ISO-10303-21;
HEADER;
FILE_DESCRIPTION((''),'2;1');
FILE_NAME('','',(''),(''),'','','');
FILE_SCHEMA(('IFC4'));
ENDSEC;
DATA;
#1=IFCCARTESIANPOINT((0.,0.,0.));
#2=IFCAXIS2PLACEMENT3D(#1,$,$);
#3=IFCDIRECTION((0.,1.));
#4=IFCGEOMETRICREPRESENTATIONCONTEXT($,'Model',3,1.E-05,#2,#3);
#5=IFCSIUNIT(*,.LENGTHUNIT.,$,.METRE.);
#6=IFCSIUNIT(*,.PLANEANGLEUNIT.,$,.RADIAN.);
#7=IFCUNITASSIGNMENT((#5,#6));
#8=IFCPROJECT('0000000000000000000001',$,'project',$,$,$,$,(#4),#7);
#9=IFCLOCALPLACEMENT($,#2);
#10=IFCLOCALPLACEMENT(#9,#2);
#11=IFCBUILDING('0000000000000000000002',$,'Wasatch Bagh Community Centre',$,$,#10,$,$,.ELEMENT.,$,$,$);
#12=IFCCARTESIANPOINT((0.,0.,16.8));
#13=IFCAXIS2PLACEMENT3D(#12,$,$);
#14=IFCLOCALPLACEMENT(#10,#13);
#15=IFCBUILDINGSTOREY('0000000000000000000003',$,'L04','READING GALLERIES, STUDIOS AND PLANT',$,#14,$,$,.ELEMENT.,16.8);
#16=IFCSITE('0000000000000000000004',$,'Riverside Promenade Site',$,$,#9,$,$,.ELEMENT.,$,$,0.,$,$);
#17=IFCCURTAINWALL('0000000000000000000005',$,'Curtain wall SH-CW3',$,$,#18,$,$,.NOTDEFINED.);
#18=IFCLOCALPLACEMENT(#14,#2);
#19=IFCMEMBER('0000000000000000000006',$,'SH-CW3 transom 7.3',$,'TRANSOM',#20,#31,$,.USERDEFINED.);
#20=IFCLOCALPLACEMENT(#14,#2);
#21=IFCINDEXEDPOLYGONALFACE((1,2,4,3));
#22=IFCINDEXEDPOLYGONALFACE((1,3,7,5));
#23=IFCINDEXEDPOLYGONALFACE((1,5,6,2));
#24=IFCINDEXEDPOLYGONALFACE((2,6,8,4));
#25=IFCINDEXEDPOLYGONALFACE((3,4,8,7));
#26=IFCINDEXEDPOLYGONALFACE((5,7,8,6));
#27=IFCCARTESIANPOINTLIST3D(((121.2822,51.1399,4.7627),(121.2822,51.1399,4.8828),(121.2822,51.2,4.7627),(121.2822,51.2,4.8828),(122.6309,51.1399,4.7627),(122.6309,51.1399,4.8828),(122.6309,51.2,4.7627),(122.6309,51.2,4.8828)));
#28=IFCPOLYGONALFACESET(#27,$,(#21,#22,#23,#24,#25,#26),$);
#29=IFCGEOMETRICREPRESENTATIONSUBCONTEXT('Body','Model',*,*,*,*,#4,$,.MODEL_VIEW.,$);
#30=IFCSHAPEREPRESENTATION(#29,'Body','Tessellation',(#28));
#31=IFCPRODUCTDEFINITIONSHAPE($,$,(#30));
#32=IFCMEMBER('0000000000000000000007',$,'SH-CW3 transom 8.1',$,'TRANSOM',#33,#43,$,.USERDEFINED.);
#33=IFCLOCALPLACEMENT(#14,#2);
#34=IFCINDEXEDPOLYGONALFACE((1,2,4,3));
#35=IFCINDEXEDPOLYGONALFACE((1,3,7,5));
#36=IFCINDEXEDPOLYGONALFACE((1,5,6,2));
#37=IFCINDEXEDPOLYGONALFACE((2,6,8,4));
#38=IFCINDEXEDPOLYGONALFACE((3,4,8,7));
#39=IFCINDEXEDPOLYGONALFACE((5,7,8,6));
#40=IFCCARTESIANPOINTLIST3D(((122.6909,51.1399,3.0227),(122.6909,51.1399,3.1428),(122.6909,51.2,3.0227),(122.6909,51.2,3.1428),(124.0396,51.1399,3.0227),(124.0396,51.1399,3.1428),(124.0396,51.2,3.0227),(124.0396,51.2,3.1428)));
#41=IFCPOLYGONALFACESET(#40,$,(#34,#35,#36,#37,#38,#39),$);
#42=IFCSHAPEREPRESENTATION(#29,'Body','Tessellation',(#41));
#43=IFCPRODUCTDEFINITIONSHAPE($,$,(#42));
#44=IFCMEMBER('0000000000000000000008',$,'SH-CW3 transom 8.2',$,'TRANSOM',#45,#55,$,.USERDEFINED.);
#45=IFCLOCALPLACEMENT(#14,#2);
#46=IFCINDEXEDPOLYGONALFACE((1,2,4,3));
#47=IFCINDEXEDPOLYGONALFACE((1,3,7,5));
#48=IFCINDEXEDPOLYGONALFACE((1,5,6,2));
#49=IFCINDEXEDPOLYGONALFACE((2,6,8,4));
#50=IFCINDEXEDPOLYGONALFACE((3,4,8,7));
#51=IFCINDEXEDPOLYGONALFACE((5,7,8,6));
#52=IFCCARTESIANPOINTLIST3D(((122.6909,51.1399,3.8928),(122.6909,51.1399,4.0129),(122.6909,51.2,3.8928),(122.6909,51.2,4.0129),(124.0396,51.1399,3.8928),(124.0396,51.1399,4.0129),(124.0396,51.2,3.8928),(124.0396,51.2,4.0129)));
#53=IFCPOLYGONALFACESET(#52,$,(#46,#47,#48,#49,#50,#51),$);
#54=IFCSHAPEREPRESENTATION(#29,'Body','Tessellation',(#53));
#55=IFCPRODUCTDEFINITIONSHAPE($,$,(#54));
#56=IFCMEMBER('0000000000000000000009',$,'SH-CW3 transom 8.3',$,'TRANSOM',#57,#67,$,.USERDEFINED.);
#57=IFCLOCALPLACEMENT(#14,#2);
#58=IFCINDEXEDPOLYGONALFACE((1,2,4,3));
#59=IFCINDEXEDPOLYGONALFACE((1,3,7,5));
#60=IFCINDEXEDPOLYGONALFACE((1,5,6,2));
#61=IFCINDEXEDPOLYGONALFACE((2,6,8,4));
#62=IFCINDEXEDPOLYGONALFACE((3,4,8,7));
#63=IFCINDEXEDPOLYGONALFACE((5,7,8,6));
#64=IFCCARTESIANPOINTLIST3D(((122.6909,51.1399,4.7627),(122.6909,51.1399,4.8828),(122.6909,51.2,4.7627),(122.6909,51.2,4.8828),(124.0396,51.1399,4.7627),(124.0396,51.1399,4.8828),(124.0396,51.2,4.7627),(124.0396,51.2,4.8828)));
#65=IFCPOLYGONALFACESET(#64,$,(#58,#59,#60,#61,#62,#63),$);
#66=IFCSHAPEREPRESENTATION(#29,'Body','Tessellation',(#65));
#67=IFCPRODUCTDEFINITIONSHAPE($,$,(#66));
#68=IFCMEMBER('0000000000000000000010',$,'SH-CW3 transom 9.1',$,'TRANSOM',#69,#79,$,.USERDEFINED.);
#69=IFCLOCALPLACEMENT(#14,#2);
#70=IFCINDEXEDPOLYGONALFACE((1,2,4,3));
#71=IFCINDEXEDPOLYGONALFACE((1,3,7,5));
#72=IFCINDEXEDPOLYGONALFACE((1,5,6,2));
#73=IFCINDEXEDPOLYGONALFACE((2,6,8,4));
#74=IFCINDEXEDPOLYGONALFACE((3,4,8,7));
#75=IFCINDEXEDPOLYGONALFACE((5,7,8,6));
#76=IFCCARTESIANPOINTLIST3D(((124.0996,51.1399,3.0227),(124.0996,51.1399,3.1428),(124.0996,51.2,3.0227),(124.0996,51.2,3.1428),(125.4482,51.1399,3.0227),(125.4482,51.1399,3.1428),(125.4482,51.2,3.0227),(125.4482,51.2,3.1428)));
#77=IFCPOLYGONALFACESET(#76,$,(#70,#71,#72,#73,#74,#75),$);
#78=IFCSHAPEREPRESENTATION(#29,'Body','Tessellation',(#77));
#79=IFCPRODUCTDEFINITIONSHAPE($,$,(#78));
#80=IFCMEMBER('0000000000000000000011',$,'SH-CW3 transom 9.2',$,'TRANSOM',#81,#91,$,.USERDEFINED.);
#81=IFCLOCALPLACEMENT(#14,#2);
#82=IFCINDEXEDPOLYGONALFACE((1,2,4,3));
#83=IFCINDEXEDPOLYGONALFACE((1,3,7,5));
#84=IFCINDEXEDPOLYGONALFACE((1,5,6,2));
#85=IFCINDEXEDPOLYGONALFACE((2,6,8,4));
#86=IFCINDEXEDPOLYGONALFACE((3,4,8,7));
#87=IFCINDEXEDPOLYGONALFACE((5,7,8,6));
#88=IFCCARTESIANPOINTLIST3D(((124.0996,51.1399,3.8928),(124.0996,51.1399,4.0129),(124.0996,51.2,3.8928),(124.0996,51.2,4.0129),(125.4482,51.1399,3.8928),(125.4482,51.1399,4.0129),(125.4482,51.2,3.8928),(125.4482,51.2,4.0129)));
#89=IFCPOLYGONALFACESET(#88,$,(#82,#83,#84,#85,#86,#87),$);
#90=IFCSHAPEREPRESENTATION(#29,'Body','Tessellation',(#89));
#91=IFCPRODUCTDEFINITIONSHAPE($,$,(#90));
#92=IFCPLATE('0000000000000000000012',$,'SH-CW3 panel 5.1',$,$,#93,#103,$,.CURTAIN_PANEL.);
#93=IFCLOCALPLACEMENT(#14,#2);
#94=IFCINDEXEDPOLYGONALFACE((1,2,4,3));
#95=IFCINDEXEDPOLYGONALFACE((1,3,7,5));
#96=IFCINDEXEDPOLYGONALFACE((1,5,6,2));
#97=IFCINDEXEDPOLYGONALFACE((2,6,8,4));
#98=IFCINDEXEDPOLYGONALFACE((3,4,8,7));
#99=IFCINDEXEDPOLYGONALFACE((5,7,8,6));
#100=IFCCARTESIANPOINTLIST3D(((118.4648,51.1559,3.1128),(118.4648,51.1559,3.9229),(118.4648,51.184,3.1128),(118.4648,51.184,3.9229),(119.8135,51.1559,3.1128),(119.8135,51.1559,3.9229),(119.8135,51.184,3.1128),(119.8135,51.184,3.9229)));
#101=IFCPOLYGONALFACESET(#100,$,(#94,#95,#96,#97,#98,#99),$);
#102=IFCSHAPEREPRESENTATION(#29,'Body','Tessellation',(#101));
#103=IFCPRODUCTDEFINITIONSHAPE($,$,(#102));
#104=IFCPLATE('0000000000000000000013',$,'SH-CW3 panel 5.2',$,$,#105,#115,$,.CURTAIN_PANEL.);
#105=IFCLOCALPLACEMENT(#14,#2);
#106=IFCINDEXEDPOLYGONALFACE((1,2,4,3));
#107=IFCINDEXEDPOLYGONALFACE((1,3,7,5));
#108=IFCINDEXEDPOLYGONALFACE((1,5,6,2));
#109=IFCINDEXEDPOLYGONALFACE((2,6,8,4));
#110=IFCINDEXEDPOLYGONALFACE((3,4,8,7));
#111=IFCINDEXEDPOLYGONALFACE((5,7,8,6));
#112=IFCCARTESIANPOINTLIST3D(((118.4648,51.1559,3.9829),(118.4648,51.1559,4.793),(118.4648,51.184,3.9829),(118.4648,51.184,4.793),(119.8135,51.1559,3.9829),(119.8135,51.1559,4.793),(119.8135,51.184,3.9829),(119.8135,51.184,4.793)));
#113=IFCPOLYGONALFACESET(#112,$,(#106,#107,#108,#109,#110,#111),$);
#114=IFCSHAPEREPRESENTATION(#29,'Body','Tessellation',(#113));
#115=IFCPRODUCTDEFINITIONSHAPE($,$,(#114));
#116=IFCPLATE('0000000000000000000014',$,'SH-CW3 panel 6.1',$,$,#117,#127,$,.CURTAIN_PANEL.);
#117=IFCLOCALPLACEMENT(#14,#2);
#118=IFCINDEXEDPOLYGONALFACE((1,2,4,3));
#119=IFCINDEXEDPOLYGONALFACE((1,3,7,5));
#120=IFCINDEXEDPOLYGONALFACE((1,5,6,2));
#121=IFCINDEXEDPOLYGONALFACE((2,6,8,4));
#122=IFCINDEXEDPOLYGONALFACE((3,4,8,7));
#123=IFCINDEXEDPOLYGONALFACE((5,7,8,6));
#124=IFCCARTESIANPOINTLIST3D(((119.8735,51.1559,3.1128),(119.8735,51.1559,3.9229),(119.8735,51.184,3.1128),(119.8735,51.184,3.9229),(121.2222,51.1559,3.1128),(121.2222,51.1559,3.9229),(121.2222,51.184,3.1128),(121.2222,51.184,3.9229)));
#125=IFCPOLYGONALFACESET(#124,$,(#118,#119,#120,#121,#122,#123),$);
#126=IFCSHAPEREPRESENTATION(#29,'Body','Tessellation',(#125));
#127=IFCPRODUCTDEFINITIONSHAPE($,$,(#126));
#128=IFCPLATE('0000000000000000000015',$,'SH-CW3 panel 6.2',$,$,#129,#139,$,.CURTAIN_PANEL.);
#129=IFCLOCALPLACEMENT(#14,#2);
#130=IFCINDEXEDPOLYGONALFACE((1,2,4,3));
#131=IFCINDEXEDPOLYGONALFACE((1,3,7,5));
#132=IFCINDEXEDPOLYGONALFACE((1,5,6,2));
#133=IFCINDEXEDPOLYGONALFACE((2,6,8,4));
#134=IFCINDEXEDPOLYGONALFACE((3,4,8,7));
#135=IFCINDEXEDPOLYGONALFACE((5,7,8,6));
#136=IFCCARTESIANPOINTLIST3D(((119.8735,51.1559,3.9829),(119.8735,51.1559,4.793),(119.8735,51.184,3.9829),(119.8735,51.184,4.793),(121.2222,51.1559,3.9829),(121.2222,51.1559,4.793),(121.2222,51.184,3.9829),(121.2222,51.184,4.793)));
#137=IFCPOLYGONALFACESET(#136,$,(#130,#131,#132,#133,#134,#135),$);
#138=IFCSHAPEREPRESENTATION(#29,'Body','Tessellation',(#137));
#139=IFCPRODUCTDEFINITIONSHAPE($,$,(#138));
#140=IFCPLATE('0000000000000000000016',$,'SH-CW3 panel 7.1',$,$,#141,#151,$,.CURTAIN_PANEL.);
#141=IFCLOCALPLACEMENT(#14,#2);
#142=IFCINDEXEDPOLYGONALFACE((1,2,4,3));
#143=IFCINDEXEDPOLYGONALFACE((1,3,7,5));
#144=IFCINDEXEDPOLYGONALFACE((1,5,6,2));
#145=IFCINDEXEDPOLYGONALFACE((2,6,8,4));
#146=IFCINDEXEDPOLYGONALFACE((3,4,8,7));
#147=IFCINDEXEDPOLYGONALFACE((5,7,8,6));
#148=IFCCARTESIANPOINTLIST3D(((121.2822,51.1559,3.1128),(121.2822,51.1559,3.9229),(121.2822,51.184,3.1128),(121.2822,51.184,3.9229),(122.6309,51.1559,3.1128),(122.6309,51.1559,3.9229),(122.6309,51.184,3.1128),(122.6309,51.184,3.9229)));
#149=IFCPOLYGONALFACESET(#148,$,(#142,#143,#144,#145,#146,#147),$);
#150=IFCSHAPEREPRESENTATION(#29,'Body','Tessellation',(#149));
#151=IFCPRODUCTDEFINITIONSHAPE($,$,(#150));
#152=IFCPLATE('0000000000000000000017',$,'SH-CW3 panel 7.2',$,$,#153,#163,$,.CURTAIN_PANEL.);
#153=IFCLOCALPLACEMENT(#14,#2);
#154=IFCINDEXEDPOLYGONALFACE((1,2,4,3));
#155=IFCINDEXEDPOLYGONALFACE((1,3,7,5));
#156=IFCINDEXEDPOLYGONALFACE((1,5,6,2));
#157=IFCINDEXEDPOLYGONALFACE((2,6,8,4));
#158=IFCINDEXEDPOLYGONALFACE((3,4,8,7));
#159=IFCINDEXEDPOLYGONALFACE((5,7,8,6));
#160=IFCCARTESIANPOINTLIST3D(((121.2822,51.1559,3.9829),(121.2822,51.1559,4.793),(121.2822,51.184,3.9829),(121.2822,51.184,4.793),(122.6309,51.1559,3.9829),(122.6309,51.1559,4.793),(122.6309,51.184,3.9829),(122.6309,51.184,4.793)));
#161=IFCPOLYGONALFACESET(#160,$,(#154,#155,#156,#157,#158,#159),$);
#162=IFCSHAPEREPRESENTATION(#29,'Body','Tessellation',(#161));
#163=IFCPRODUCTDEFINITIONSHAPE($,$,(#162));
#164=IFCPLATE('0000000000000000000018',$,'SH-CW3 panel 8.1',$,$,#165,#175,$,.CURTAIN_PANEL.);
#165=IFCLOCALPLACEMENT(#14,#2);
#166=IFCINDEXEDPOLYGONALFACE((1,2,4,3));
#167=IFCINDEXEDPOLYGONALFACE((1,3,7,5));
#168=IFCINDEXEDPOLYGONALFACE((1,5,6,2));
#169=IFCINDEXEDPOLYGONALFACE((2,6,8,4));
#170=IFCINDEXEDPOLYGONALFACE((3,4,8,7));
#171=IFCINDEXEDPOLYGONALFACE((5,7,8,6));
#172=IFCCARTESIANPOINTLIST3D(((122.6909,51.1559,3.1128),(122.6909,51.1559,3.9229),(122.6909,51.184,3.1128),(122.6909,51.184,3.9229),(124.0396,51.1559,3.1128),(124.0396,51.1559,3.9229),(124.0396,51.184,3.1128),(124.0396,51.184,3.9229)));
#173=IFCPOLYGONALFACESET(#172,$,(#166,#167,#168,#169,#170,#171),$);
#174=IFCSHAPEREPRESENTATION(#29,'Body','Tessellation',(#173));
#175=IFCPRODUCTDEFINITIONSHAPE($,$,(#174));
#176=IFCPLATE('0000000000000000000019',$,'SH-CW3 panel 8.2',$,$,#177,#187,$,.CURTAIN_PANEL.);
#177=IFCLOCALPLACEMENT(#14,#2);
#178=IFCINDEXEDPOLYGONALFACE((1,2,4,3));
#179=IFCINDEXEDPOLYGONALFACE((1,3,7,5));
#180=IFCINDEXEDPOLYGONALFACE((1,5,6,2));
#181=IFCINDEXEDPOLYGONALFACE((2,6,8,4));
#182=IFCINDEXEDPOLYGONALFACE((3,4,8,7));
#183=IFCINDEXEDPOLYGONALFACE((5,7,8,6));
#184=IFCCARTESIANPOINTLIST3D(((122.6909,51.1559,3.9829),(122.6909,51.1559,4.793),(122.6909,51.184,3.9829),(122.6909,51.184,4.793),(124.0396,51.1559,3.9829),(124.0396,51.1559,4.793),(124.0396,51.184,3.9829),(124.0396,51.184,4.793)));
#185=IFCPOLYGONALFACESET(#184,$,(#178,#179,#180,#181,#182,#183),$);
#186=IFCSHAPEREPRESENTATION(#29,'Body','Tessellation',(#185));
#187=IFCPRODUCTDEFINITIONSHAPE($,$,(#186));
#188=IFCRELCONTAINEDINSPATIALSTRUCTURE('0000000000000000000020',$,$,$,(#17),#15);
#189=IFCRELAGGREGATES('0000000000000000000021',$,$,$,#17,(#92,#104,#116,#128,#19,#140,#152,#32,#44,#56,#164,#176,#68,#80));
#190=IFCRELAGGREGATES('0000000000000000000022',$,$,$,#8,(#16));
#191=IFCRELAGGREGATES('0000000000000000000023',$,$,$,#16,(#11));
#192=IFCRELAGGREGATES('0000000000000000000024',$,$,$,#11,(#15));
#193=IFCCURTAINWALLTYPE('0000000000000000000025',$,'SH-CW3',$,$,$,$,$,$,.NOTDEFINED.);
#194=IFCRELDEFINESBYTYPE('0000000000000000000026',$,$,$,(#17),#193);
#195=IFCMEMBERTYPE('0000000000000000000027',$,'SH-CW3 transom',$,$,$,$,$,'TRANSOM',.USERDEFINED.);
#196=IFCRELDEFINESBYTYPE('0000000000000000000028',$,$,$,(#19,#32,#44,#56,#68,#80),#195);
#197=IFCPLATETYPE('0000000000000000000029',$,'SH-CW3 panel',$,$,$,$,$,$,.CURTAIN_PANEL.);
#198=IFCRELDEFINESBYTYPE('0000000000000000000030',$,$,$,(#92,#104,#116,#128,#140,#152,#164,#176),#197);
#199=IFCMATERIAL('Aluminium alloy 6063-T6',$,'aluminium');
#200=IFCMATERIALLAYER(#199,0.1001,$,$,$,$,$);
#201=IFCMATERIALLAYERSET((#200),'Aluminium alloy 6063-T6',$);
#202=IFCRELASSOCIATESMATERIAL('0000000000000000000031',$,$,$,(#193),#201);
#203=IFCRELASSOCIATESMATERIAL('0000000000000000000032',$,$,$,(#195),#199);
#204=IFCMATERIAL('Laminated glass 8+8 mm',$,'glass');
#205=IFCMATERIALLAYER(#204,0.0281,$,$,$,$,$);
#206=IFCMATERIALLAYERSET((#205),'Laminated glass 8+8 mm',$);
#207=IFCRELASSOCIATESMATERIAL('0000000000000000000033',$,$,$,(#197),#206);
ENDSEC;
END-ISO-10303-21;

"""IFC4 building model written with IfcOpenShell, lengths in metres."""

from ifc_helpers import new_model, si_unit, direction, frame, origin, origin_2d, place, context, subcontext, project, spatial, rectangle, extrude, material, layer, layer_set, material_profile, profile_set, type_object, element, aggregate, save


model = new_model("IFC4")

# Units and contexts
model_context = context("Model", 3, precision=1e-05, world=origin(), true_north=direction((0.0, 1.0)))
body_context = subcontext(model_context, "Body", "Model", "MODEL_VIEW")
ifc_project = project(units=[si_unit("LENGTHUNIT", "METRE"), si_unit("PLANEANGLEUNIT", "RADIAN")], contexts=[model_context])

# Site, building, storey
site_placement = place(None, origin())
site = spatial("IfcSite", under=ifc_project, at=site_placement, Name="Riverside Promenade Site", CompositionType="ELEMENT", RefElevation=0.0)
building_placement = place(site_placement, origin())
building = spatial("IfcBuilding", under=site, at=building_placement, Name="Wasatch Bagh Community Centre", CompositionType="ELEMENT")
storey_placement = place(building_placement, frame((0.0, 0.0, 16.8)))
storey = spatial("IfcBuildingStorey", under=building, at=storey_placement, Name="L04", Description="READING GALLERIES, STUDIOS AND PLANT", CompositionType="ELEMENT", Elevation=16.8)

# Curtain wall, members, plates
ifc_material_1 = material(Name="Aluminium alloy 6063-T6", Category="aluminium")
ifc_layer_1 = layer(ifc_material_1, 0.1001)
ifc_layer_set_1 = layer_set([ifc_layer_1], Name="Aluminium alloy 6063-T6")
curtain_wall_type = type_object("IfcCurtainWallType", Name="SH-CW3", PredefinedType="NOTDEFINED", material=ifc_layer_set_1)
curtain_wall_placement = place(storey_placement, origin())
curtain_wall = element("IfcCurtainWall", 1, at=curtain_wall_placement, inside=storey, type_object=curtain_wall_type, Name="Curtain wall SH-CW3", PredefinedType="NOTDEFINED")
ifc_material_profile_1 = material_profile(ifc_material_1, rectangle(XDim=0.0601, YDim=0.1201, at=origin_2d()), Name="AL 60x120")
ifc_profile_set_1 = profile_set([ifc_material_profile_1], Name="Aluminium alloy 6063-T6")
member_type_1 = type_object("IfcMemberType", Name="SH-CW3 transom", ElementType="TRANSOM", PredefinedType="USERDEFINED", material=ifc_profile_set_1)
member_1_placement = place(storey_placement, frame((121.2822, 51.1699, 4.8228), z_axis=(1.0, 0.0, 0.0), x_axis=(0.0, 1.0, 0.0)))
member_1 = element("IfcMember", 2, at=member_1_placement, type_object=member_type_1, Name="SH-CW3 transom 7.3", ObjectType="TRANSOM", PredefinedType="USERDEFINED", context=body_context, shape_type="SweptSolid", body=[
    extrude(rectangle(XDim=0.0601, YDim=0.1201, at=origin_2d()), origin(), (0.0, 0.0, 1.0), 1.3486),
])
member_2_placement = place(storey_placement, frame((122.6909, 51.1699, 3.0828), z_axis=(1.0, 0.0, 0.0), x_axis=(0.0, 1.0, 0.0)))
member_2 = element("IfcMember", 3, at=member_2_placement, type_object=member_type_1, Name="SH-CW3 transom 8.1", ObjectType="TRANSOM", PredefinedType="USERDEFINED", context=body_context, shape_type="SweptSolid", body=[
    extrude(rectangle(XDim=0.0601, YDim=0.1201, at=origin_2d()), origin(), (0.0, 0.0, 1.0), 1.3486),
])
member_3_placement = place(storey_placement, frame((122.6909, 51.1699, 3.9529), z_axis=(1.0, 0.0, 0.0), x_axis=(0.0, 1.0, 0.0)))
member_3 = element("IfcMember", 4, at=member_3_placement, type_object=member_type_1, Name="SH-CW3 transom 8.2", ObjectType="TRANSOM", PredefinedType="USERDEFINED", context=body_context, shape_type="SweptSolid", body=[
    extrude(rectangle(XDim=0.0601, YDim=0.1201, at=origin_2d()), origin(), (0.0, 0.0, 1.0), 1.3486),
])
member_4_placement = place(storey_placement, frame((122.6909, 51.1699, 4.8228), z_axis=(1.0, 0.0, 0.0), x_axis=(0.0, 1.0, 0.0)))
member_4 = element("IfcMember", 5, at=member_4_placement, type_object=member_type_1, Name="SH-CW3 transom 8.3", ObjectType="TRANSOM", PredefinedType="USERDEFINED", context=body_context, shape_type="SweptSolid", body=[
    extrude(rectangle(XDim=0.0601, YDim=0.1201, at=origin_2d()), origin(), (0.0, 0.0, 1.0), 1.3486),
])
member_5_placement = place(storey_placement, frame((124.0996, 51.1699, 3.0828), z_axis=(1.0, 0.0, 0.0), x_axis=(0.0, 1.0, 0.0)))
member_5 = element("IfcMember", 6, at=member_5_placement, type_object=member_type_1, Name="SH-CW3 transom 9.1", ObjectType="TRANSOM", PredefinedType="USERDEFINED", context=body_context, shape_type="SweptSolid", body=[
    extrude(rectangle(XDim=0.0601, YDim=0.1201, at=origin_2d()), origin(), (0.0, 0.0, 1.0), 1.3486),
])
member_6_placement = place(storey_placement, frame((124.0996, 51.1699, 3.9529), z_axis=(1.0, 0.0, 0.0), x_axis=(0.0, 1.0, 0.0)))
member_6 = element("IfcMember", 7, at=member_6_placement, type_object=member_type_1, Name="SH-CW3 transom 9.2", ObjectType="TRANSOM", PredefinedType="USERDEFINED", context=body_context, shape_type="SweptSolid", body=[
    extrude(rectangle(XDim=0.0601, YDim=0.1201, at=origin_2d()), origin(), (0.0, 0.0, 1.0), 1.3486),
])
ifc_material_2 = material(Name="Laminated glass 8+8 mm", Category="glass")
ifc_layer_2 = layer(ifc_material_2, 0.0281)
ifc_layer_set_2 = layer_set([ifc_layer_2], Name="Laminated glass 8+8 mm")
plate_type = type_object("IfcPlateType", Name="SH-CW3 panel", PredefinedType="CURTAIN_PANEL", material=ifc_layer_set_2)
plate_1_placement = place(storey_placement, frame((119.1392, 51.1699, 3.1128), z_axis=(0.0, 0.0, 1.0), x_axis=(1.0, 0.0, 0.0)))
plate_1 = element("IfcPlate", 8, at=plate_1_placement, type_object=plate_type, Name="SH-CW3 panel 5.1", PredefinedType="CURTAIN_PANEL", context=body_context, shape_type="SweptSolid", body=[
    extrude(rectangle(XDim=1.3486, YDim=0.0281, at=origin_2d()), origin(), (0.0, 0.0, 1.0), 0.8101),
])
plate_2_placement = place(storey_placement, frame((119.1392, 51.1699, 3.9829), z_axis=(0.0, 0.0, 1.0), x_axis=(1.0, 0.0, 0.0)))
plate_2 = element("IfcPlate", 9, at=plate_2_placement, type_object=plate_type, Name="SH-CW3 panel 5.2", PredefinedType="CURTAIN_PANEL", context=body_context, shape_type="SweptSolid", body=[
    extrude(rectangle(XDim=1.3486, YDim=0.0281, at=origin_2d()), origin(), (0.0, 0.0, 1.0), 0.8101),
])
plate_3_placement = place(storey_placement, frame((120.5479, 51.1699, 3.1128), z_axis=(0.0, 0.0, 1.0), x_axis=(1.0, 0.0, 0.0)))
plate_3 = element("IfcPlate", 10, at=plate_3_placement, type_object=plate_type, Name="SH-CW3 panel 6.1", PredefinedType="CURTAIN_PANEL", context=body_context, shape_type="SweptSolid", body=[
    extrude(rectangle(XDim=1.3486, YDim=0.0281, at=origin_2d()), origin(), (0.0, 0.0, 1.0), 0.8101),
])
plate_4_placement = place(storey_placement, frame((120.5479, 51.1699, 3.9829), z_axis=(0.0, 0.0, 1.0), x_axis=(1.0, 0.0, 0.0)))
plate_4 = element("IfcPlate", 11, at=plate_4_placement, type_object=plate_type, Name="SH-CW3 panel 6.2", PredefinedType="CURTAIN_PANEL", context=body_context, shape_type="SweptSolid", body=[
    extrude(rectangle(XDim=1.3486, YDim=0.0281, at=origin_2d()), origin(), (0.0, 0.0, 1.0), 0.8101),
])
plate_5_placement = place(storey_placement, frame((121.9565, 51.1699, 3.1128), z_axis=(0.0, 0.0, 1.0), x_axis=(1.0, 0.0, 0.0)))
plate_5 = element("IfcPlate", 12, at=plate_5_placement, type_object=plate_type, Name="SH-CW3 panel 7.1", PredefinedType="CURTAIN_PANEL", context=body_context, shape_type="SweptSolid", body=[
    extrude(rectangle(XDim=1.3486, YDim=0.0281, at=origin_2d()), origin(), (0.0, 0.0, 1.0), 0.8101),
])
plate_6_placement = place(storey_placement, frame((121.9565, 51.1699, 3.9829), z_axis=(0.0, 0.0, 1.0), x_axis=(1.0, 0.0, 0.0)))
plate_6 = element("IfcPlate", 13, at=plate_6_placement, type_object=plate_type, Name="SH-CW3 panel 7.2", PredefinedType="CURTAIN_PANEL", context=body_context, shape_type="SweptSolid", body=[
    extrude(rectangle(XDim=1.3486, YDim=0.0281, at=origin_2d()), origin(), (0.0, 0.0, 1.0), 0.8101),
])
plate_7_placement = place(storey_placement, frame((123.3652, 51.1699, 3.1128), z_axis=(0.0, 0.0, 1.0), x_axis=(1.0, 0.0, 0.0)))
plate_7 = element("IfcPlate", 14, at=plate_7_placement, type_object=plate_type, Name="SH-CW3 panel 8.1", PredefinedType="CURTAIN_PANEL", context=body_context, shape_type="SweptSolid", body=[
    extrude(rectangle(XDim=1.3486, YDim=0.0281, at=origin_2d()), origin(), (0.0, 0.0, 1.0), 0.8101),
])
plate_8_placement = place(storey_placement, frame((123.3652, 51.1699, 3.9829), z_axis=(0.0, 0.0, 1.0), x_axis=(1.0, 0.0, 0.0)))
plate_8 = element("IfcPlate", 15, at=plate_8_placement, type_object=plate_type, Name="SH-CW3 panel 8.2", PredefinedType="CURTAIN_PANEL", context=body_context, shape_type="SweptSolid", body=[
    extrude(rectangle(XDim=1.3486, YDim=0.0281, at=origin_2d()), origin(), (0.0, 0.0, 1.0), 0.8101),
])
aggregate(curtain_wall, [plate_1, plate_2, plate_3, plate_4, member_1, plate_5, plate_6, member_2, member_3, member_4, plate_7, plate_8, member_5, member_6])

save(model, "model.ifc")
